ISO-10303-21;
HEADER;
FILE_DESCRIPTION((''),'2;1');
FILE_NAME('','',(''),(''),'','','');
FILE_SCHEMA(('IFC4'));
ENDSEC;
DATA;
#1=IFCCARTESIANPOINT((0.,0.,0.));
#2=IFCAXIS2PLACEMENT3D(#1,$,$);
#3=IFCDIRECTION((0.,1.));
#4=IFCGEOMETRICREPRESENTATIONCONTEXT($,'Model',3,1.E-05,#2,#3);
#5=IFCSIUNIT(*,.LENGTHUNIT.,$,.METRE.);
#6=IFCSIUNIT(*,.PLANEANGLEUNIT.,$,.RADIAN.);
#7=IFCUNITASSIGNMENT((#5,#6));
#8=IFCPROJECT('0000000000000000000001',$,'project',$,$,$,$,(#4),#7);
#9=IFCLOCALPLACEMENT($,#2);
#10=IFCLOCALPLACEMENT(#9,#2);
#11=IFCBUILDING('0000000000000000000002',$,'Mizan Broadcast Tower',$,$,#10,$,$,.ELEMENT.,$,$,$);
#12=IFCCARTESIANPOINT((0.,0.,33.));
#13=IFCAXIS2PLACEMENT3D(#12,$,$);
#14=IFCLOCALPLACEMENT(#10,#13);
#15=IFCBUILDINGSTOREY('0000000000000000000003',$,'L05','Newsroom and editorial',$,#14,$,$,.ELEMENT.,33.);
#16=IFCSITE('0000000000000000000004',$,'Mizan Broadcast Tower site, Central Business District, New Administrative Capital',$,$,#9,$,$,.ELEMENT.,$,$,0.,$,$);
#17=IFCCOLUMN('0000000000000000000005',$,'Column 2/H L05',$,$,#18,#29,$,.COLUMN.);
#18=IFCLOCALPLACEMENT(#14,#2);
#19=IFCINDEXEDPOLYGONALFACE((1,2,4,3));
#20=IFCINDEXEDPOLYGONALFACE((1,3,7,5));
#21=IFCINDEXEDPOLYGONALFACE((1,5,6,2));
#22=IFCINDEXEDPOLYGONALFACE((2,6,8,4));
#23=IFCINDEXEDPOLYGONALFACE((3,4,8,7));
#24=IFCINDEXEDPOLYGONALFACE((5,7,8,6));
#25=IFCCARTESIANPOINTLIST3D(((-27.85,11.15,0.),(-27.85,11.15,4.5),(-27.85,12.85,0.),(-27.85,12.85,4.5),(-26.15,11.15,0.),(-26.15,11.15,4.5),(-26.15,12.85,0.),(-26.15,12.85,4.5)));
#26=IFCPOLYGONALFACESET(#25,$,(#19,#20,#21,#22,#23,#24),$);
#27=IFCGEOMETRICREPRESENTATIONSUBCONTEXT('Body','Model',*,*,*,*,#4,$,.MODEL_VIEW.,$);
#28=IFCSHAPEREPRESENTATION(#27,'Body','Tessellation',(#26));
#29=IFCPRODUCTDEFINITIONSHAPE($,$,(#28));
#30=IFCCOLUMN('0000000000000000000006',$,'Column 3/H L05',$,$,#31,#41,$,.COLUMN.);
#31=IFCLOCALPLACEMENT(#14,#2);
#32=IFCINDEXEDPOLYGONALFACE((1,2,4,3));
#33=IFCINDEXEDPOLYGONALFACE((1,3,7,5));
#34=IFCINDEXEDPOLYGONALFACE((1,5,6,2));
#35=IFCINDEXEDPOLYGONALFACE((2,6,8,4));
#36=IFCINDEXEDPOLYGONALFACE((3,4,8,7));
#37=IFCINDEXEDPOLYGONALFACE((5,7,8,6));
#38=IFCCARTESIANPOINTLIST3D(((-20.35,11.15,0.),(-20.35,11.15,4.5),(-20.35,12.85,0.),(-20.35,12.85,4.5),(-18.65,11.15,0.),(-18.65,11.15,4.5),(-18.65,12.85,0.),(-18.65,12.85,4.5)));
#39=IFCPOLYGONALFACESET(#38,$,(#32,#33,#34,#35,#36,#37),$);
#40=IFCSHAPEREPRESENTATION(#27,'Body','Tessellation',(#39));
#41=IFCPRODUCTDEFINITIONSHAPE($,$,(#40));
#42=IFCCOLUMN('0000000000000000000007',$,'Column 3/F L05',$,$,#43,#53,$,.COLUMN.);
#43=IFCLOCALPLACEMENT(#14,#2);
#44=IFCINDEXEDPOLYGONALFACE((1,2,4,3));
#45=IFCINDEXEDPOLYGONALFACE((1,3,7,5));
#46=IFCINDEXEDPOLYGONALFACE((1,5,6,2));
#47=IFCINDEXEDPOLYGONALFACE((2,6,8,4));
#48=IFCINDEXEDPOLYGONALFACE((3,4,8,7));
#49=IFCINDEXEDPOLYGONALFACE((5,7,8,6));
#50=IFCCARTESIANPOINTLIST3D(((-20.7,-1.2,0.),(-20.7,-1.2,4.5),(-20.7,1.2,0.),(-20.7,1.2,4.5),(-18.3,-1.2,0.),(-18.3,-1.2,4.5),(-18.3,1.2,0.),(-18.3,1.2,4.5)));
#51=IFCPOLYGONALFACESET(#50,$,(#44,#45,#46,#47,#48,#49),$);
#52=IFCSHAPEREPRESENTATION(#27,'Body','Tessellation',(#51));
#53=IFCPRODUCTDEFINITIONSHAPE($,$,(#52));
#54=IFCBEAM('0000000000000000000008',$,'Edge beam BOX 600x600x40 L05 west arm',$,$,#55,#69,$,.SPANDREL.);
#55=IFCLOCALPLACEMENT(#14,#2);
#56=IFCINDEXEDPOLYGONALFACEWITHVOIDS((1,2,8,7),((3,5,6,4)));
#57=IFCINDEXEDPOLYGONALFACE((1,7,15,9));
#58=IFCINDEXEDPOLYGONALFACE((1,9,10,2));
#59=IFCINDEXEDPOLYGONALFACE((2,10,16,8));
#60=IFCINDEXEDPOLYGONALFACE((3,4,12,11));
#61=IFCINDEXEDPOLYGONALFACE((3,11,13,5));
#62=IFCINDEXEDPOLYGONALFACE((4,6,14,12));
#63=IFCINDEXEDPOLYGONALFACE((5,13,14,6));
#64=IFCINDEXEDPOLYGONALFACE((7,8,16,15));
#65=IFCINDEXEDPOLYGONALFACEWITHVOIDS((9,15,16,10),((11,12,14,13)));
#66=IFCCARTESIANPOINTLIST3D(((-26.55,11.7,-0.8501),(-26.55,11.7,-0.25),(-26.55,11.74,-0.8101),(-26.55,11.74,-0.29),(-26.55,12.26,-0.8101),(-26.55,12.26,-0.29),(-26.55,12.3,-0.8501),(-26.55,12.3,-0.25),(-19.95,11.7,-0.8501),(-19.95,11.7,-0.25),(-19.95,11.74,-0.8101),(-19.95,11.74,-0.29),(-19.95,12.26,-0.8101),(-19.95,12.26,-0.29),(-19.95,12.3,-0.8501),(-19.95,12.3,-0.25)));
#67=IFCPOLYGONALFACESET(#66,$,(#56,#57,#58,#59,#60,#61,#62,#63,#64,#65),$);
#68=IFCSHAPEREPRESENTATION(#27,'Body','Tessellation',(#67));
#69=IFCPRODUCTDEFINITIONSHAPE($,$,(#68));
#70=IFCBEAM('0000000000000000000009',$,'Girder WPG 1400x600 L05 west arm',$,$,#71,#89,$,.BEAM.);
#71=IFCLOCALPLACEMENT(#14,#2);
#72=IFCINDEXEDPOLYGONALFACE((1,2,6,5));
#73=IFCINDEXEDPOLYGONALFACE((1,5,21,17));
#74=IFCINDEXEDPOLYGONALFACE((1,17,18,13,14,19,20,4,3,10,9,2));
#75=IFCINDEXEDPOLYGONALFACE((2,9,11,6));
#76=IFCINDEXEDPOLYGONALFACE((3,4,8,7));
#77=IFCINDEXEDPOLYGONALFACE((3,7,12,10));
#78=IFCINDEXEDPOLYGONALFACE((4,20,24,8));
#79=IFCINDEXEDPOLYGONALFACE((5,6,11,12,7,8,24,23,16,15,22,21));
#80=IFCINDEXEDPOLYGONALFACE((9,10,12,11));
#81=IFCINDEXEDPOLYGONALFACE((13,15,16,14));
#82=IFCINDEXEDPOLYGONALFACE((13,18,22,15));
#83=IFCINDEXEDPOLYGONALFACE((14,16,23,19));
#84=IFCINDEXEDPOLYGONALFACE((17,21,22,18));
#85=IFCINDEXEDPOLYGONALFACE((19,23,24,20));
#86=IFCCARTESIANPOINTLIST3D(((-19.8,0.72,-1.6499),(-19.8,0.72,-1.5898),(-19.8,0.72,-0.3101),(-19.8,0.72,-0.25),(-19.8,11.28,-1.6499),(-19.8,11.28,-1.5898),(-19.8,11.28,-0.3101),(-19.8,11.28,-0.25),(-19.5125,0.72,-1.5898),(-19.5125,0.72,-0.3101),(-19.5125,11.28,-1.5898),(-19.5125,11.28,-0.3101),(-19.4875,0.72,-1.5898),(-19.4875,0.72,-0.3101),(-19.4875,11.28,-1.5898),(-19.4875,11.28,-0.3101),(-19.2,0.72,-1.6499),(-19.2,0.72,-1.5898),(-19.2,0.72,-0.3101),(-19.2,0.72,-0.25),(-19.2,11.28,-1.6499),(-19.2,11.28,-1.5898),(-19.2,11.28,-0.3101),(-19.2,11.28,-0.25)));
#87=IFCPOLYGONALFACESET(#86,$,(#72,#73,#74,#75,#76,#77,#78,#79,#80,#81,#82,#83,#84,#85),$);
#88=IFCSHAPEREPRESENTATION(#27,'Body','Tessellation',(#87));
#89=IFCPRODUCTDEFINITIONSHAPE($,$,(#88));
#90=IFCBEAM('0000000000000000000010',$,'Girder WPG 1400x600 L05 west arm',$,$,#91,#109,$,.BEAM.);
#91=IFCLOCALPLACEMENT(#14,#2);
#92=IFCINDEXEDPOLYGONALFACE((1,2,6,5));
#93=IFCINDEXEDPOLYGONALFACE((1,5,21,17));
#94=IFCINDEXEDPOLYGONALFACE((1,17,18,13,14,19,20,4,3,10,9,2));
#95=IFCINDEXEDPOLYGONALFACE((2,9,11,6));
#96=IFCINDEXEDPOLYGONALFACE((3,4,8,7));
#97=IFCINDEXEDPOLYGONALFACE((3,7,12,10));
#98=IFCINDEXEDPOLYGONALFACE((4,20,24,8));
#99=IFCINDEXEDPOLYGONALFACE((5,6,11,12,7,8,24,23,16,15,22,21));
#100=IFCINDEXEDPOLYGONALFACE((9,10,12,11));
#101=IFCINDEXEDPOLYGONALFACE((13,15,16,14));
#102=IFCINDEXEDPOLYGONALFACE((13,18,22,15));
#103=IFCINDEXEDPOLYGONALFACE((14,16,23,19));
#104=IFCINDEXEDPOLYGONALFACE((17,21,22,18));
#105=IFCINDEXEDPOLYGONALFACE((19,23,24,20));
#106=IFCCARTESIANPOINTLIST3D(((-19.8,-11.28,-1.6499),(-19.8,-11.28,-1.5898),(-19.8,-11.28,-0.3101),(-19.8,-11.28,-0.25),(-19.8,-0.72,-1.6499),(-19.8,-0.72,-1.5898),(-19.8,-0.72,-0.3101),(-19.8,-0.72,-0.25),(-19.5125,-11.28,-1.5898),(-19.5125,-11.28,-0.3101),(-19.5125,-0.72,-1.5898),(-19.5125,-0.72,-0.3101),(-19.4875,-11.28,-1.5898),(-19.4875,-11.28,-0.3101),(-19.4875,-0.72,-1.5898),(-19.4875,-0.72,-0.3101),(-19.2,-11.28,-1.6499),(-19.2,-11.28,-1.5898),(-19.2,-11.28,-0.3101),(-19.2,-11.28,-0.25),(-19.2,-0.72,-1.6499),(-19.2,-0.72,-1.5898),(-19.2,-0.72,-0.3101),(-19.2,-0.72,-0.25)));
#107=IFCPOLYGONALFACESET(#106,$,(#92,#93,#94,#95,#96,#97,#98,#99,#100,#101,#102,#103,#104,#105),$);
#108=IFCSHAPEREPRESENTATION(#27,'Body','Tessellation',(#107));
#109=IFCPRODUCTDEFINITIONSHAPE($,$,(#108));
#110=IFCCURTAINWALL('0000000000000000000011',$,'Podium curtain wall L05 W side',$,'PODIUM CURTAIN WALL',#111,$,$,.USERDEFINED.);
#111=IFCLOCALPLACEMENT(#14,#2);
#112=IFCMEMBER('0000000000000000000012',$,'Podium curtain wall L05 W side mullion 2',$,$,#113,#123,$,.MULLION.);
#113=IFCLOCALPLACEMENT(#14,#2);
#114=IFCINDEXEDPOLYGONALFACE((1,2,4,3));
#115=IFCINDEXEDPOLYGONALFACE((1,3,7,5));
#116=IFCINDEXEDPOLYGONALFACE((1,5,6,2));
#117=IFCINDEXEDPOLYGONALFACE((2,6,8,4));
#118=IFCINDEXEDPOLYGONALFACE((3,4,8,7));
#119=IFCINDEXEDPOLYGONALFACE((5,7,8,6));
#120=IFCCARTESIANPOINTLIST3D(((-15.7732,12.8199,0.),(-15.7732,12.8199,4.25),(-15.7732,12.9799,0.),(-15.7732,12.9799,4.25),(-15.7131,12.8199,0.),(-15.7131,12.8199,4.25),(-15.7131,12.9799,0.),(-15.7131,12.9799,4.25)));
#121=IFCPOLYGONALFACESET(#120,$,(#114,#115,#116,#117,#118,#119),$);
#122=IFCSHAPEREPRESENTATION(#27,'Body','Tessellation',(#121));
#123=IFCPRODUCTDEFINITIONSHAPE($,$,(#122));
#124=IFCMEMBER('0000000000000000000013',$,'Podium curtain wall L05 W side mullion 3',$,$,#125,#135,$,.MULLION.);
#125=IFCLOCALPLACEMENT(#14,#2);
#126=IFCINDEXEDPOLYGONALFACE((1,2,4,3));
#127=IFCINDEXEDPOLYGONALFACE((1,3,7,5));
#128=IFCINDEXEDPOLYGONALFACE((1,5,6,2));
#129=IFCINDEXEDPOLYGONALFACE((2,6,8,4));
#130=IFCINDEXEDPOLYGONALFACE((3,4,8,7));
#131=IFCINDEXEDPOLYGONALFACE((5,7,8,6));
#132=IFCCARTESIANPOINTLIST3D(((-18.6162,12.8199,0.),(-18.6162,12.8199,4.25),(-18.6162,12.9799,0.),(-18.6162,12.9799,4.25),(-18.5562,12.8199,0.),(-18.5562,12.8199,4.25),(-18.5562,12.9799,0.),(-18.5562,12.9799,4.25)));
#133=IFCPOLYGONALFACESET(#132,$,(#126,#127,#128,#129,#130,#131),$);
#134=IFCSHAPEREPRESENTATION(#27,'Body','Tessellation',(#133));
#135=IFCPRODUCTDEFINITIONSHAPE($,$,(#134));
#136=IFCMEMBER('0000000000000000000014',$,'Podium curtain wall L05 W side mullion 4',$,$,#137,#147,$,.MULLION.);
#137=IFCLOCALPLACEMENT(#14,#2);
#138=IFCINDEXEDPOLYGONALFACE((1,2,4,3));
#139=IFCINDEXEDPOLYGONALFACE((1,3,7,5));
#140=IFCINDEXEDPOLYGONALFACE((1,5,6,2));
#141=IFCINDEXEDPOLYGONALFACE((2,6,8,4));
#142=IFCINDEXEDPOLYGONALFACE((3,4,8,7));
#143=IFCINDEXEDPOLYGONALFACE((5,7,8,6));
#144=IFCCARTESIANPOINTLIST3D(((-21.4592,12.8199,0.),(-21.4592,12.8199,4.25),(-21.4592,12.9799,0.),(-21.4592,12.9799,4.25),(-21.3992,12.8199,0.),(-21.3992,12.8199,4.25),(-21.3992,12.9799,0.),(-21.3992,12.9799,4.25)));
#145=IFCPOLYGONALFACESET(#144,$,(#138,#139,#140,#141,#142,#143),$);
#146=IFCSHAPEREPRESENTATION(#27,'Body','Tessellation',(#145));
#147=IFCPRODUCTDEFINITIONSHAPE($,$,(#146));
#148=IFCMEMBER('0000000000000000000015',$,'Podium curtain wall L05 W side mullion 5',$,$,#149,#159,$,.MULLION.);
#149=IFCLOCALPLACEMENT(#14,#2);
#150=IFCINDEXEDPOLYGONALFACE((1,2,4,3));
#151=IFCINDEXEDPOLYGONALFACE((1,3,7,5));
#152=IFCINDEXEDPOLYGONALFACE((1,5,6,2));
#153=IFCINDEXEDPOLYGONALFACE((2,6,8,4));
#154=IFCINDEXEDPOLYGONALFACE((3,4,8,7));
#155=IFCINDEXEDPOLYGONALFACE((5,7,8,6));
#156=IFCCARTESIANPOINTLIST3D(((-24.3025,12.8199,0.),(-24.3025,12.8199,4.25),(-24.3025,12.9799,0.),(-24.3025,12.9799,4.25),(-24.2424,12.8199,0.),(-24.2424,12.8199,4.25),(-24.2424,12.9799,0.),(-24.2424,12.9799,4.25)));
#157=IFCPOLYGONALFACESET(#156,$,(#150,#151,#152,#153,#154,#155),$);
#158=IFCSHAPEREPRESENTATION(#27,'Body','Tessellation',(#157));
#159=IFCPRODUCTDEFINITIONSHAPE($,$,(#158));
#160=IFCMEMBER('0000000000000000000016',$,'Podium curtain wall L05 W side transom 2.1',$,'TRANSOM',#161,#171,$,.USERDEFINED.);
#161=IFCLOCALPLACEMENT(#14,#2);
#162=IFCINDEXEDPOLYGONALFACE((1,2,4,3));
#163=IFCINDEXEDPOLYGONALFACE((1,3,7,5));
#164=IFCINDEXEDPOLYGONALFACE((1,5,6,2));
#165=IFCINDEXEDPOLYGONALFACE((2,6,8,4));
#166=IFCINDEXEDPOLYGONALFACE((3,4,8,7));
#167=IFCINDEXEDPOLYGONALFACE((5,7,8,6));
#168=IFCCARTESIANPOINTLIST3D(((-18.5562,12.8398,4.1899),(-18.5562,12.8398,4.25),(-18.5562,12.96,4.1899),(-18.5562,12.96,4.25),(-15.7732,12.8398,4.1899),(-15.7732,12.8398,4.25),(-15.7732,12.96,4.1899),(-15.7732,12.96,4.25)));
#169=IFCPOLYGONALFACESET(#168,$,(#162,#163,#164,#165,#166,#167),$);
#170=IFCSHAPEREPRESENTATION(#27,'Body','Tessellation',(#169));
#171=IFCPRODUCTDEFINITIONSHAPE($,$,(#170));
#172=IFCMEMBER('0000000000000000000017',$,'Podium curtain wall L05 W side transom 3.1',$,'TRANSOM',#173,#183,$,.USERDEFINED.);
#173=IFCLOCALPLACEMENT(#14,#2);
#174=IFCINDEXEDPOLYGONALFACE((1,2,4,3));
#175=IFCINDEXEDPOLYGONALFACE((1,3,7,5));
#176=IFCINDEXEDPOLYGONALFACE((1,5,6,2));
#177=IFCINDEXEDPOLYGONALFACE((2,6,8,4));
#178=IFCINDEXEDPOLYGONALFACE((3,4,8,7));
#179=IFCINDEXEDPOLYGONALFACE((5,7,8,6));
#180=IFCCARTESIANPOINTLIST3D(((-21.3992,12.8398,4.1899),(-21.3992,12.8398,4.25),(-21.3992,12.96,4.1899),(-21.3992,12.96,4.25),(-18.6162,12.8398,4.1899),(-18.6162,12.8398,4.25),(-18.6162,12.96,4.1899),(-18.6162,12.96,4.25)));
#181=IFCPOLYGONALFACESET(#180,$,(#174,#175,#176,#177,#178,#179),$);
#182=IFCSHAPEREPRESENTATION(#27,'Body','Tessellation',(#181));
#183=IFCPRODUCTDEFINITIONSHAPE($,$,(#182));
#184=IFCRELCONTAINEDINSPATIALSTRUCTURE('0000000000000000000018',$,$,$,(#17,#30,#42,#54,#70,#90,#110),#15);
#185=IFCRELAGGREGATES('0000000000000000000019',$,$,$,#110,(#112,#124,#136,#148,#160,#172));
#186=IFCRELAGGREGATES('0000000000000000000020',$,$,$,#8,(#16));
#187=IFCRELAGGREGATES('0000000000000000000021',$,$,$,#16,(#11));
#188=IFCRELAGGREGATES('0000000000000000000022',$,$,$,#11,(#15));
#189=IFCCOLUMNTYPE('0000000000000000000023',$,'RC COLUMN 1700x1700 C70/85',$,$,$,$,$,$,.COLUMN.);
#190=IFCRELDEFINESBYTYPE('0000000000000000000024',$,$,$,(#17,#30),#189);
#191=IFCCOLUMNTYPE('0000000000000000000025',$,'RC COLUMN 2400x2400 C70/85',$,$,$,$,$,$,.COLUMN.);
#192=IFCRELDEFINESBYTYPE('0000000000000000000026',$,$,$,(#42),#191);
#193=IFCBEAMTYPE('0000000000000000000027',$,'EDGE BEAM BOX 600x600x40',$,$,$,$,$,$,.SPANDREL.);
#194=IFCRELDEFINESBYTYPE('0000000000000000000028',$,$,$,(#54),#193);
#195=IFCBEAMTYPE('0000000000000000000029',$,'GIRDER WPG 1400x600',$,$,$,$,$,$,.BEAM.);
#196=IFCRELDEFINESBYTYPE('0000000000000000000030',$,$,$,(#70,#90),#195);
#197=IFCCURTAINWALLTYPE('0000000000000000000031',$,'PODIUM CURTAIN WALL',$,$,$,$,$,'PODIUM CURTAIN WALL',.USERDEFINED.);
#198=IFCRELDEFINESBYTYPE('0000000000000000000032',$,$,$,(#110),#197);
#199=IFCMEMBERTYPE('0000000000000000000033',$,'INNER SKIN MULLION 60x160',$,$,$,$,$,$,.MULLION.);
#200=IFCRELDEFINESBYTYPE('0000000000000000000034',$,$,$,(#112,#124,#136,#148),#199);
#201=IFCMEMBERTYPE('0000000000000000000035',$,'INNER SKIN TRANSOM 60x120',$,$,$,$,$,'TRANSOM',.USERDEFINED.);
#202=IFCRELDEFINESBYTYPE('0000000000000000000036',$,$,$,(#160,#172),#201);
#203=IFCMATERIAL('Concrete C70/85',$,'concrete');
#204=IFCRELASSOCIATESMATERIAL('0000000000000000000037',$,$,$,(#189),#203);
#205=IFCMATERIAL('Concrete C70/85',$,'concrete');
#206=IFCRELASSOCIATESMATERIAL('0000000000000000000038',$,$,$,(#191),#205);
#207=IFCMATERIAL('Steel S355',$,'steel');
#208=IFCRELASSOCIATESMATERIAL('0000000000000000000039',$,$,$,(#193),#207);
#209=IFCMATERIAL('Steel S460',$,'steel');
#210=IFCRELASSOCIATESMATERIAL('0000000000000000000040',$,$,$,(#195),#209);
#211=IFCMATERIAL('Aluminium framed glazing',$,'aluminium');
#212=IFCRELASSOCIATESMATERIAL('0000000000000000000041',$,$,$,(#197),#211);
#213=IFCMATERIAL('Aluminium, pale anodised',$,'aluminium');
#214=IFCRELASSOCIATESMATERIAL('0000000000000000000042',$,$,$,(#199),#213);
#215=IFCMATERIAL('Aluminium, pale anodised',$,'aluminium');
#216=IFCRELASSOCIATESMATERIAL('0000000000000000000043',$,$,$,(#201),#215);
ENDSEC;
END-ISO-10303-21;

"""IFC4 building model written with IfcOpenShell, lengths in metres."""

from ifc_helpers import new_model, si_unit, direction, frame, origin, origin_2d, place, context, subcontext, project, spatial, rectangle, hollow_rectangle, i_section, extrude, material, material_profile, profile_set, type_object, element, aggregate, save


model = new_model("IFC4")

# Units and contexts
model_context = context("Model", 3, precision=1e-05, world=origin(), true_north=direction((0.0, 1.0)))
body_context = subcontext(model_context, "Body", "Model", "MODEL_VIEW")
ifc_project = project(units=[si_unit("LENGTHUNIT", "METRE"), si_unit("PLANEANGLEUNIT", "RADIAN")], contexts=[model_context])

# Site, building, storey
site_placement = place(None, origin())
site = spatial("IfcSite", under=ifc_project, at=site_placement, Name="Mizan Broadcast Tower site, Central Business District, New Administrative Capital", CompositionType="ELEMENT", RefElevation=0.0)
building_placement = place(site_placement, origin())
building = spatial("IfcBuilding", under=site, at=building_placement, Name="Mizan Broadcast Tower", CompositionType="ELEMENT")
storey_placement = place(building_placement, frame((0.0, 0.0, 33.0)))
storey = spatial("IfcBuildingStorey", under=building, at=storey_placement, Name="L05", Description="Newsroom and editorial", CompositionType="ELEMENT", Elevation=33.0)

# Columns
ifc_material_1 = material(Name="Concrete C70/85", Category="concrete")
ifc_material_profile_1 = material_profile(ifc_material_1, rectangle(XDim=1.7, YDim=1.7, at=origin_2d()), Name="RC 1700x1700")
ifc_profile_set_1 = profile_set([ifc_material_profile_1], Name="Concrete C70/85")
column_type_1 = type_object("IfcColumnType", Name="RC COLUMN 1700x1700 C70/85", PredefinedType="COLUMN", material=ifc_profile_set_1)
for number, where, z_axis, x_axis, name in (
    (1, (-27.0, 12.0, 0.0), (0.0, 0.0, 1.0), (1.0, 0.0, 0.0), "Column 2/H L05"),
    (2, (-19.5, 12.0, 0.0), (0.0, 0.0, 1.0), (1.0, 0.0, 0.0), "Column 3/H L05"),
):
    element("IfcColumn", number, at=place(storey_placement, frame(where, z_axis=z_axis, x_axis=x_axis)), inside=storey, type_object=column_type_1, Name=name, PredefinedType="COLUMN", context=body_context, shape_type="SweptSolid", body=[
        extrude(rectangle(XDim=1.7, YDim=1.7, at=origin_2d()), origin(), (0.0, 0.0, 1.0), 4.5),
    ])
ifc_material_2 = material(Name="Concrete C70/85", Category="concrete")
ifc_material_profile_2 = material_profile(ifc_material_2, rectangle(XDim=2.3999, YDim=2.3999, at=origin_2d()), Name="RC 2400x2400")
ifc_profile_set_2 = profile_set([ifc_material_profile_2], Name="Concrete C70/85")
column_type_2 = type_object("IfcColumnType", Name="RC COLUMN 2400x2400 C70/85", PredefinedType="COLUMN", material=ifc_profile_set_2)
column_placement = place(storey_placement, frame((-19.5, 0.0, 0.0), z_axis=(0.0, 0.0, 1.0), x_axis=(1.0, 0.0, 0.0)))
element("IfcColumn", 3, at=column_placement, inside=storey, type_object=column_type_2, Name="Column 3/F L05", PredefinedType="COLUMN", context=body_context, shape_type="SweptSolid", body=[
    extrude(rectangle(XDim=2.3999, YDim=2.3999, at=origin_2d()), origin(), (0.0, 0.0, 1.0), 4.5),
])

# Beams
ifc_material_3 = material(Name="Steel S355", Category="steel")
ifc_material_profile_3 = material_profile(ifc_material_3, hollow_rectangle(XDim=0.6001, YDim=0.6001, WallThickness=0.04, at=origin_2d()), Name="BOX 600x600x40")
ifc_profile_set_3 = profile_set([ifc_material_profile_3], Name="Steel S355")
beam_type_1 = type_object("IfcBeamType", Name="EDGE BEAM BOX 600x600x40", PredefinedType="SPANDREL", material=ifc_profile_set_3)
beam_1_placement = place(storey_placement, frame((-19.95, 12.0, -0.55), z_axis=(-1.0, 0.0, 0.0), x_axis=(0.0, -1.0, 0.0)))
element("IfcBeam", 4, at=beam_1_placement, inside=storey, type_object=beam_type_1, Name="Edge beam BOX 600x600x40 L05 west arm", PredefinedType="SPANDREL", context=body_context, shape_type="SweptSolid", body=[
    extrude(hollow_rectangle(XDim=0.6001, YDim=0.6001, WallThickness=0.04, at=origin_2d()), origin(), (0.0, 0.0, 1.0), 6.6001),
])
ifc_material_4 = material(Name="Steel S460", Category="steel")
ifc_material_profile_4 = material_profile(ifc_material_4, i_section(OverallWidth=0.6001, OverallDepth=1.3999, WebThickness=0.0249, FlangeThickness=0.0601, at=origin_2d()), Name="WPG 1400x600")
ifc_profile_set_4 = profile_set([ifc_material_profile_4], Name="Steel S460")
beam_type_2 = type_object("IfcBeamType", Name="GIRDER WPG 1400x600", PredefinedType="BEAM", material=ifc_profile_set_4)
for number, where, z_axis, x_axis, name in (
    (5, (-19.5, 11.28, -0.95), (0.0, -1.0, 0.0), (1.0, 0.0, 0.0), "Girder WPG 1400x600 L05 west arm"),
    (6, (-19.5, -0.72, -0.95), (0.0, -1.0, 0.0), (1.0, 0.0, 0.0), "Girder WPG 1400x600 L05 west arm"),
):
    element("IfcBeam", number, at=place(storey_placement, frame(where, z_axis=z_axis, x_axis=x_axis)), inside=storey, type_object=beam_type_2, Name=name, PredefinedType="BEAM", context=body_context, shape_type="SweptSolid", body=[
        extrude(i_section(OverallWidth=0.6001, OverallDepth=1.3999, WebThickness=0.0249, FlangeThickness=0.0601, at=origin_2d()), origin(), (0.0, 0.0, 1.0), 10.5601),
    ])

# Curtain wall, members
ifc_material_5 = material(Name="Aluminium framed glazing", Category="aluminium")
curtain_wall_type = type_object("IfcCurtainWallType", Name="PODIUM CURTAIN WALL", ElementType="PODIUM CURTAIN WALL", PredefinedType="USERDEFINED", material=ifc_material_5)
curtain_wall_placement = place(storey_placement, origin())
curtain_wall = element("IfcCurtainWall", 7, at=curtain_wall_placement, inside=storey, type_object=curtain_wall_type, Name="Podium curtain wall L05 W side", ObjectType="PODIUM CURTAIN WALL", PredefinedType="USERDEFINED")
ifc_material_6 = material(Name="Aluminium, pale anodised", Category="aluminium")
ifc_material_profile_5 = material_profile(ifc_material_6, rectangle(XDim=0.1599, YDim=0.0601, at=origin_2d()), Name="MULLION 160x60")
ifc_profile_set_5 = profile_set([ifc_material_profile_5], Name="Aluminium, pale anodised")
member_type_1 = type_object("IfcMemberType", Name="INNER SKIN MULLION 60x160", PredefinedType="MULLION", material=ifc_profile_set_5)
member_1_placement = place(storey_placement, frame((-15.7432, 12.8999, 0.0), z_axis=(0.0, 0.0, 1.0), x_axis=(0.0, -1.0, 0.0)))
member_1 = element("IfcMember", 8, at=member_1_placement, type_object=member_type_1, Name="Podium curtain wall L05 W side mullion 2", PredefinedType="MULLION", context=body_context, shape_type="SweptSolid", body=[
    extrude(rectangle(XDim=0.1599, YDim=0.0601, at=origin_2d()), origin(), (0.0, 0.0, 1.0), 4.25),
])
member_2_placement = place(storey_placement, frame((-18.5862, 12.8999, 0.0), z_axis=(0.0, 0.0, 1.0), x_axis=(0.0, -1.0, 0.0)))
member_2 = element("IfcMember", 9, at=member_2_placement, type_object=member_type_1, Name="Podium curtain wall L05 W side mullion 3", PredefinedType="MULLION", context=body_context, shape_type="SweptSolid", body=[
    extrude(rectangle(XDim=0.1599, YDim=0.0601, at=origin_2d()), origin(), (0.0, 0.0, 1.0), 4.25),
])
member_3_placement = place(storey_placement, frame((-21.4292, 12.8999, 0.0), z_axis=(0.0, 0.0, 1.0), x_axis=(0.0, -1.0, 0.0)))
member_3 = element("IfcMember", 10, at=member_3_placement, type_object=member_type_1, Name="Podium curtain wall L05 W side mullion 4", PredefinedType="MULLION", context=body_context, shape_type="SweptSolid", body=[
    extrude(rectangle(XDim=0.1599, YDim=0.0601, at=origin_2d()), origin(), (0.0, 0.0, 1.0), 4.25),
])
member_4_placement = place(storey_placement, frame((-24.2725, 12.8999, 0.0), z_axis=(0.0, 0.0, 1.0), x_axis=(0.0, -1.0, 0.0)))
member_4 = element("IfcMember", 11, at=member_4_placement, type_object=member_type_1, Name="Podium curtain wall L05 W side mullion 5", PredefinedType="MULLION", context=body_context, shape_type="SweptSolid", body=[
    extrude(rectangle(XDim=0.1599, YDim=0.0601, at=origin_2d()), origin(), (0.0, 0.0, 1.0), 4.25),
])
ifc_material_7 = material(Name="Aluminium, pale anodised", Category="aluminium")
ifc_material_profile_6 = material_profile(ifc_material_7, rectangle(XDim=0.1201, YDim=0.0601, at=origin_2d()), Name="TRANSOM 120x60")
ifc_profile_set_6 = profile_set([ifc_material_profile_6], Name="Aluminium, pale anodised")
member_type_2 = type_object("IfcMemberType", Name="INNER SKIN TRANSOM 60x120", ElementType="TRANSOM", PredefinedType="USERDEFINED", material=ifc_profile_set_6)
member_5_placement = place(storey_placement, frame((-15.7732, 12.8999, 4.22), z_axis=(-1.0, 0.0, 0.0), x_axis=(0.0, -1.0, 0.0)))
member_5 = element("IfcMember", 12, at=member_5_placement, type_object=member_type_2, Name="Podium curtain wall L05 W side transom 2.1", ObjectType="TRANSOM", PredefinedType="USERDEFINED", context=body_context, shape_type="SweptSolid", body=[
    extrude(rectangle(XDim=0.1201, YDim=0.0601, at=origin_2d()), origin(), (0.0, 0.0, 1.0), 2.783),
])
member_6_placement = place(storey_placement, frame((-18.6162, 12.8999, 4.22), z_axis=(-1.0, 0.0, 0.0), x_axis=(0.0, -1.0, 0.0)))
member_6 = element("IfcMember", 13, at=member_6_placement, type_object=member_type_2, Name="Podium curtain wall L05 W side transom 3.1", ObjectType="TRANSOM", PredefinedType="USERDEFINED", context=body_context, shape_type="SweptSolid", body=[
    extrude(rectangle(XDim=0.1201, YDim=0.0601, at=origin_2d()), origin(), (0.0, 0.0, 1.0), 2.783),
])

aggregate(curtain_wall, [member_1, member_2, member_3, member_4, member_5, member_6])

save(model, "model.ifc")
